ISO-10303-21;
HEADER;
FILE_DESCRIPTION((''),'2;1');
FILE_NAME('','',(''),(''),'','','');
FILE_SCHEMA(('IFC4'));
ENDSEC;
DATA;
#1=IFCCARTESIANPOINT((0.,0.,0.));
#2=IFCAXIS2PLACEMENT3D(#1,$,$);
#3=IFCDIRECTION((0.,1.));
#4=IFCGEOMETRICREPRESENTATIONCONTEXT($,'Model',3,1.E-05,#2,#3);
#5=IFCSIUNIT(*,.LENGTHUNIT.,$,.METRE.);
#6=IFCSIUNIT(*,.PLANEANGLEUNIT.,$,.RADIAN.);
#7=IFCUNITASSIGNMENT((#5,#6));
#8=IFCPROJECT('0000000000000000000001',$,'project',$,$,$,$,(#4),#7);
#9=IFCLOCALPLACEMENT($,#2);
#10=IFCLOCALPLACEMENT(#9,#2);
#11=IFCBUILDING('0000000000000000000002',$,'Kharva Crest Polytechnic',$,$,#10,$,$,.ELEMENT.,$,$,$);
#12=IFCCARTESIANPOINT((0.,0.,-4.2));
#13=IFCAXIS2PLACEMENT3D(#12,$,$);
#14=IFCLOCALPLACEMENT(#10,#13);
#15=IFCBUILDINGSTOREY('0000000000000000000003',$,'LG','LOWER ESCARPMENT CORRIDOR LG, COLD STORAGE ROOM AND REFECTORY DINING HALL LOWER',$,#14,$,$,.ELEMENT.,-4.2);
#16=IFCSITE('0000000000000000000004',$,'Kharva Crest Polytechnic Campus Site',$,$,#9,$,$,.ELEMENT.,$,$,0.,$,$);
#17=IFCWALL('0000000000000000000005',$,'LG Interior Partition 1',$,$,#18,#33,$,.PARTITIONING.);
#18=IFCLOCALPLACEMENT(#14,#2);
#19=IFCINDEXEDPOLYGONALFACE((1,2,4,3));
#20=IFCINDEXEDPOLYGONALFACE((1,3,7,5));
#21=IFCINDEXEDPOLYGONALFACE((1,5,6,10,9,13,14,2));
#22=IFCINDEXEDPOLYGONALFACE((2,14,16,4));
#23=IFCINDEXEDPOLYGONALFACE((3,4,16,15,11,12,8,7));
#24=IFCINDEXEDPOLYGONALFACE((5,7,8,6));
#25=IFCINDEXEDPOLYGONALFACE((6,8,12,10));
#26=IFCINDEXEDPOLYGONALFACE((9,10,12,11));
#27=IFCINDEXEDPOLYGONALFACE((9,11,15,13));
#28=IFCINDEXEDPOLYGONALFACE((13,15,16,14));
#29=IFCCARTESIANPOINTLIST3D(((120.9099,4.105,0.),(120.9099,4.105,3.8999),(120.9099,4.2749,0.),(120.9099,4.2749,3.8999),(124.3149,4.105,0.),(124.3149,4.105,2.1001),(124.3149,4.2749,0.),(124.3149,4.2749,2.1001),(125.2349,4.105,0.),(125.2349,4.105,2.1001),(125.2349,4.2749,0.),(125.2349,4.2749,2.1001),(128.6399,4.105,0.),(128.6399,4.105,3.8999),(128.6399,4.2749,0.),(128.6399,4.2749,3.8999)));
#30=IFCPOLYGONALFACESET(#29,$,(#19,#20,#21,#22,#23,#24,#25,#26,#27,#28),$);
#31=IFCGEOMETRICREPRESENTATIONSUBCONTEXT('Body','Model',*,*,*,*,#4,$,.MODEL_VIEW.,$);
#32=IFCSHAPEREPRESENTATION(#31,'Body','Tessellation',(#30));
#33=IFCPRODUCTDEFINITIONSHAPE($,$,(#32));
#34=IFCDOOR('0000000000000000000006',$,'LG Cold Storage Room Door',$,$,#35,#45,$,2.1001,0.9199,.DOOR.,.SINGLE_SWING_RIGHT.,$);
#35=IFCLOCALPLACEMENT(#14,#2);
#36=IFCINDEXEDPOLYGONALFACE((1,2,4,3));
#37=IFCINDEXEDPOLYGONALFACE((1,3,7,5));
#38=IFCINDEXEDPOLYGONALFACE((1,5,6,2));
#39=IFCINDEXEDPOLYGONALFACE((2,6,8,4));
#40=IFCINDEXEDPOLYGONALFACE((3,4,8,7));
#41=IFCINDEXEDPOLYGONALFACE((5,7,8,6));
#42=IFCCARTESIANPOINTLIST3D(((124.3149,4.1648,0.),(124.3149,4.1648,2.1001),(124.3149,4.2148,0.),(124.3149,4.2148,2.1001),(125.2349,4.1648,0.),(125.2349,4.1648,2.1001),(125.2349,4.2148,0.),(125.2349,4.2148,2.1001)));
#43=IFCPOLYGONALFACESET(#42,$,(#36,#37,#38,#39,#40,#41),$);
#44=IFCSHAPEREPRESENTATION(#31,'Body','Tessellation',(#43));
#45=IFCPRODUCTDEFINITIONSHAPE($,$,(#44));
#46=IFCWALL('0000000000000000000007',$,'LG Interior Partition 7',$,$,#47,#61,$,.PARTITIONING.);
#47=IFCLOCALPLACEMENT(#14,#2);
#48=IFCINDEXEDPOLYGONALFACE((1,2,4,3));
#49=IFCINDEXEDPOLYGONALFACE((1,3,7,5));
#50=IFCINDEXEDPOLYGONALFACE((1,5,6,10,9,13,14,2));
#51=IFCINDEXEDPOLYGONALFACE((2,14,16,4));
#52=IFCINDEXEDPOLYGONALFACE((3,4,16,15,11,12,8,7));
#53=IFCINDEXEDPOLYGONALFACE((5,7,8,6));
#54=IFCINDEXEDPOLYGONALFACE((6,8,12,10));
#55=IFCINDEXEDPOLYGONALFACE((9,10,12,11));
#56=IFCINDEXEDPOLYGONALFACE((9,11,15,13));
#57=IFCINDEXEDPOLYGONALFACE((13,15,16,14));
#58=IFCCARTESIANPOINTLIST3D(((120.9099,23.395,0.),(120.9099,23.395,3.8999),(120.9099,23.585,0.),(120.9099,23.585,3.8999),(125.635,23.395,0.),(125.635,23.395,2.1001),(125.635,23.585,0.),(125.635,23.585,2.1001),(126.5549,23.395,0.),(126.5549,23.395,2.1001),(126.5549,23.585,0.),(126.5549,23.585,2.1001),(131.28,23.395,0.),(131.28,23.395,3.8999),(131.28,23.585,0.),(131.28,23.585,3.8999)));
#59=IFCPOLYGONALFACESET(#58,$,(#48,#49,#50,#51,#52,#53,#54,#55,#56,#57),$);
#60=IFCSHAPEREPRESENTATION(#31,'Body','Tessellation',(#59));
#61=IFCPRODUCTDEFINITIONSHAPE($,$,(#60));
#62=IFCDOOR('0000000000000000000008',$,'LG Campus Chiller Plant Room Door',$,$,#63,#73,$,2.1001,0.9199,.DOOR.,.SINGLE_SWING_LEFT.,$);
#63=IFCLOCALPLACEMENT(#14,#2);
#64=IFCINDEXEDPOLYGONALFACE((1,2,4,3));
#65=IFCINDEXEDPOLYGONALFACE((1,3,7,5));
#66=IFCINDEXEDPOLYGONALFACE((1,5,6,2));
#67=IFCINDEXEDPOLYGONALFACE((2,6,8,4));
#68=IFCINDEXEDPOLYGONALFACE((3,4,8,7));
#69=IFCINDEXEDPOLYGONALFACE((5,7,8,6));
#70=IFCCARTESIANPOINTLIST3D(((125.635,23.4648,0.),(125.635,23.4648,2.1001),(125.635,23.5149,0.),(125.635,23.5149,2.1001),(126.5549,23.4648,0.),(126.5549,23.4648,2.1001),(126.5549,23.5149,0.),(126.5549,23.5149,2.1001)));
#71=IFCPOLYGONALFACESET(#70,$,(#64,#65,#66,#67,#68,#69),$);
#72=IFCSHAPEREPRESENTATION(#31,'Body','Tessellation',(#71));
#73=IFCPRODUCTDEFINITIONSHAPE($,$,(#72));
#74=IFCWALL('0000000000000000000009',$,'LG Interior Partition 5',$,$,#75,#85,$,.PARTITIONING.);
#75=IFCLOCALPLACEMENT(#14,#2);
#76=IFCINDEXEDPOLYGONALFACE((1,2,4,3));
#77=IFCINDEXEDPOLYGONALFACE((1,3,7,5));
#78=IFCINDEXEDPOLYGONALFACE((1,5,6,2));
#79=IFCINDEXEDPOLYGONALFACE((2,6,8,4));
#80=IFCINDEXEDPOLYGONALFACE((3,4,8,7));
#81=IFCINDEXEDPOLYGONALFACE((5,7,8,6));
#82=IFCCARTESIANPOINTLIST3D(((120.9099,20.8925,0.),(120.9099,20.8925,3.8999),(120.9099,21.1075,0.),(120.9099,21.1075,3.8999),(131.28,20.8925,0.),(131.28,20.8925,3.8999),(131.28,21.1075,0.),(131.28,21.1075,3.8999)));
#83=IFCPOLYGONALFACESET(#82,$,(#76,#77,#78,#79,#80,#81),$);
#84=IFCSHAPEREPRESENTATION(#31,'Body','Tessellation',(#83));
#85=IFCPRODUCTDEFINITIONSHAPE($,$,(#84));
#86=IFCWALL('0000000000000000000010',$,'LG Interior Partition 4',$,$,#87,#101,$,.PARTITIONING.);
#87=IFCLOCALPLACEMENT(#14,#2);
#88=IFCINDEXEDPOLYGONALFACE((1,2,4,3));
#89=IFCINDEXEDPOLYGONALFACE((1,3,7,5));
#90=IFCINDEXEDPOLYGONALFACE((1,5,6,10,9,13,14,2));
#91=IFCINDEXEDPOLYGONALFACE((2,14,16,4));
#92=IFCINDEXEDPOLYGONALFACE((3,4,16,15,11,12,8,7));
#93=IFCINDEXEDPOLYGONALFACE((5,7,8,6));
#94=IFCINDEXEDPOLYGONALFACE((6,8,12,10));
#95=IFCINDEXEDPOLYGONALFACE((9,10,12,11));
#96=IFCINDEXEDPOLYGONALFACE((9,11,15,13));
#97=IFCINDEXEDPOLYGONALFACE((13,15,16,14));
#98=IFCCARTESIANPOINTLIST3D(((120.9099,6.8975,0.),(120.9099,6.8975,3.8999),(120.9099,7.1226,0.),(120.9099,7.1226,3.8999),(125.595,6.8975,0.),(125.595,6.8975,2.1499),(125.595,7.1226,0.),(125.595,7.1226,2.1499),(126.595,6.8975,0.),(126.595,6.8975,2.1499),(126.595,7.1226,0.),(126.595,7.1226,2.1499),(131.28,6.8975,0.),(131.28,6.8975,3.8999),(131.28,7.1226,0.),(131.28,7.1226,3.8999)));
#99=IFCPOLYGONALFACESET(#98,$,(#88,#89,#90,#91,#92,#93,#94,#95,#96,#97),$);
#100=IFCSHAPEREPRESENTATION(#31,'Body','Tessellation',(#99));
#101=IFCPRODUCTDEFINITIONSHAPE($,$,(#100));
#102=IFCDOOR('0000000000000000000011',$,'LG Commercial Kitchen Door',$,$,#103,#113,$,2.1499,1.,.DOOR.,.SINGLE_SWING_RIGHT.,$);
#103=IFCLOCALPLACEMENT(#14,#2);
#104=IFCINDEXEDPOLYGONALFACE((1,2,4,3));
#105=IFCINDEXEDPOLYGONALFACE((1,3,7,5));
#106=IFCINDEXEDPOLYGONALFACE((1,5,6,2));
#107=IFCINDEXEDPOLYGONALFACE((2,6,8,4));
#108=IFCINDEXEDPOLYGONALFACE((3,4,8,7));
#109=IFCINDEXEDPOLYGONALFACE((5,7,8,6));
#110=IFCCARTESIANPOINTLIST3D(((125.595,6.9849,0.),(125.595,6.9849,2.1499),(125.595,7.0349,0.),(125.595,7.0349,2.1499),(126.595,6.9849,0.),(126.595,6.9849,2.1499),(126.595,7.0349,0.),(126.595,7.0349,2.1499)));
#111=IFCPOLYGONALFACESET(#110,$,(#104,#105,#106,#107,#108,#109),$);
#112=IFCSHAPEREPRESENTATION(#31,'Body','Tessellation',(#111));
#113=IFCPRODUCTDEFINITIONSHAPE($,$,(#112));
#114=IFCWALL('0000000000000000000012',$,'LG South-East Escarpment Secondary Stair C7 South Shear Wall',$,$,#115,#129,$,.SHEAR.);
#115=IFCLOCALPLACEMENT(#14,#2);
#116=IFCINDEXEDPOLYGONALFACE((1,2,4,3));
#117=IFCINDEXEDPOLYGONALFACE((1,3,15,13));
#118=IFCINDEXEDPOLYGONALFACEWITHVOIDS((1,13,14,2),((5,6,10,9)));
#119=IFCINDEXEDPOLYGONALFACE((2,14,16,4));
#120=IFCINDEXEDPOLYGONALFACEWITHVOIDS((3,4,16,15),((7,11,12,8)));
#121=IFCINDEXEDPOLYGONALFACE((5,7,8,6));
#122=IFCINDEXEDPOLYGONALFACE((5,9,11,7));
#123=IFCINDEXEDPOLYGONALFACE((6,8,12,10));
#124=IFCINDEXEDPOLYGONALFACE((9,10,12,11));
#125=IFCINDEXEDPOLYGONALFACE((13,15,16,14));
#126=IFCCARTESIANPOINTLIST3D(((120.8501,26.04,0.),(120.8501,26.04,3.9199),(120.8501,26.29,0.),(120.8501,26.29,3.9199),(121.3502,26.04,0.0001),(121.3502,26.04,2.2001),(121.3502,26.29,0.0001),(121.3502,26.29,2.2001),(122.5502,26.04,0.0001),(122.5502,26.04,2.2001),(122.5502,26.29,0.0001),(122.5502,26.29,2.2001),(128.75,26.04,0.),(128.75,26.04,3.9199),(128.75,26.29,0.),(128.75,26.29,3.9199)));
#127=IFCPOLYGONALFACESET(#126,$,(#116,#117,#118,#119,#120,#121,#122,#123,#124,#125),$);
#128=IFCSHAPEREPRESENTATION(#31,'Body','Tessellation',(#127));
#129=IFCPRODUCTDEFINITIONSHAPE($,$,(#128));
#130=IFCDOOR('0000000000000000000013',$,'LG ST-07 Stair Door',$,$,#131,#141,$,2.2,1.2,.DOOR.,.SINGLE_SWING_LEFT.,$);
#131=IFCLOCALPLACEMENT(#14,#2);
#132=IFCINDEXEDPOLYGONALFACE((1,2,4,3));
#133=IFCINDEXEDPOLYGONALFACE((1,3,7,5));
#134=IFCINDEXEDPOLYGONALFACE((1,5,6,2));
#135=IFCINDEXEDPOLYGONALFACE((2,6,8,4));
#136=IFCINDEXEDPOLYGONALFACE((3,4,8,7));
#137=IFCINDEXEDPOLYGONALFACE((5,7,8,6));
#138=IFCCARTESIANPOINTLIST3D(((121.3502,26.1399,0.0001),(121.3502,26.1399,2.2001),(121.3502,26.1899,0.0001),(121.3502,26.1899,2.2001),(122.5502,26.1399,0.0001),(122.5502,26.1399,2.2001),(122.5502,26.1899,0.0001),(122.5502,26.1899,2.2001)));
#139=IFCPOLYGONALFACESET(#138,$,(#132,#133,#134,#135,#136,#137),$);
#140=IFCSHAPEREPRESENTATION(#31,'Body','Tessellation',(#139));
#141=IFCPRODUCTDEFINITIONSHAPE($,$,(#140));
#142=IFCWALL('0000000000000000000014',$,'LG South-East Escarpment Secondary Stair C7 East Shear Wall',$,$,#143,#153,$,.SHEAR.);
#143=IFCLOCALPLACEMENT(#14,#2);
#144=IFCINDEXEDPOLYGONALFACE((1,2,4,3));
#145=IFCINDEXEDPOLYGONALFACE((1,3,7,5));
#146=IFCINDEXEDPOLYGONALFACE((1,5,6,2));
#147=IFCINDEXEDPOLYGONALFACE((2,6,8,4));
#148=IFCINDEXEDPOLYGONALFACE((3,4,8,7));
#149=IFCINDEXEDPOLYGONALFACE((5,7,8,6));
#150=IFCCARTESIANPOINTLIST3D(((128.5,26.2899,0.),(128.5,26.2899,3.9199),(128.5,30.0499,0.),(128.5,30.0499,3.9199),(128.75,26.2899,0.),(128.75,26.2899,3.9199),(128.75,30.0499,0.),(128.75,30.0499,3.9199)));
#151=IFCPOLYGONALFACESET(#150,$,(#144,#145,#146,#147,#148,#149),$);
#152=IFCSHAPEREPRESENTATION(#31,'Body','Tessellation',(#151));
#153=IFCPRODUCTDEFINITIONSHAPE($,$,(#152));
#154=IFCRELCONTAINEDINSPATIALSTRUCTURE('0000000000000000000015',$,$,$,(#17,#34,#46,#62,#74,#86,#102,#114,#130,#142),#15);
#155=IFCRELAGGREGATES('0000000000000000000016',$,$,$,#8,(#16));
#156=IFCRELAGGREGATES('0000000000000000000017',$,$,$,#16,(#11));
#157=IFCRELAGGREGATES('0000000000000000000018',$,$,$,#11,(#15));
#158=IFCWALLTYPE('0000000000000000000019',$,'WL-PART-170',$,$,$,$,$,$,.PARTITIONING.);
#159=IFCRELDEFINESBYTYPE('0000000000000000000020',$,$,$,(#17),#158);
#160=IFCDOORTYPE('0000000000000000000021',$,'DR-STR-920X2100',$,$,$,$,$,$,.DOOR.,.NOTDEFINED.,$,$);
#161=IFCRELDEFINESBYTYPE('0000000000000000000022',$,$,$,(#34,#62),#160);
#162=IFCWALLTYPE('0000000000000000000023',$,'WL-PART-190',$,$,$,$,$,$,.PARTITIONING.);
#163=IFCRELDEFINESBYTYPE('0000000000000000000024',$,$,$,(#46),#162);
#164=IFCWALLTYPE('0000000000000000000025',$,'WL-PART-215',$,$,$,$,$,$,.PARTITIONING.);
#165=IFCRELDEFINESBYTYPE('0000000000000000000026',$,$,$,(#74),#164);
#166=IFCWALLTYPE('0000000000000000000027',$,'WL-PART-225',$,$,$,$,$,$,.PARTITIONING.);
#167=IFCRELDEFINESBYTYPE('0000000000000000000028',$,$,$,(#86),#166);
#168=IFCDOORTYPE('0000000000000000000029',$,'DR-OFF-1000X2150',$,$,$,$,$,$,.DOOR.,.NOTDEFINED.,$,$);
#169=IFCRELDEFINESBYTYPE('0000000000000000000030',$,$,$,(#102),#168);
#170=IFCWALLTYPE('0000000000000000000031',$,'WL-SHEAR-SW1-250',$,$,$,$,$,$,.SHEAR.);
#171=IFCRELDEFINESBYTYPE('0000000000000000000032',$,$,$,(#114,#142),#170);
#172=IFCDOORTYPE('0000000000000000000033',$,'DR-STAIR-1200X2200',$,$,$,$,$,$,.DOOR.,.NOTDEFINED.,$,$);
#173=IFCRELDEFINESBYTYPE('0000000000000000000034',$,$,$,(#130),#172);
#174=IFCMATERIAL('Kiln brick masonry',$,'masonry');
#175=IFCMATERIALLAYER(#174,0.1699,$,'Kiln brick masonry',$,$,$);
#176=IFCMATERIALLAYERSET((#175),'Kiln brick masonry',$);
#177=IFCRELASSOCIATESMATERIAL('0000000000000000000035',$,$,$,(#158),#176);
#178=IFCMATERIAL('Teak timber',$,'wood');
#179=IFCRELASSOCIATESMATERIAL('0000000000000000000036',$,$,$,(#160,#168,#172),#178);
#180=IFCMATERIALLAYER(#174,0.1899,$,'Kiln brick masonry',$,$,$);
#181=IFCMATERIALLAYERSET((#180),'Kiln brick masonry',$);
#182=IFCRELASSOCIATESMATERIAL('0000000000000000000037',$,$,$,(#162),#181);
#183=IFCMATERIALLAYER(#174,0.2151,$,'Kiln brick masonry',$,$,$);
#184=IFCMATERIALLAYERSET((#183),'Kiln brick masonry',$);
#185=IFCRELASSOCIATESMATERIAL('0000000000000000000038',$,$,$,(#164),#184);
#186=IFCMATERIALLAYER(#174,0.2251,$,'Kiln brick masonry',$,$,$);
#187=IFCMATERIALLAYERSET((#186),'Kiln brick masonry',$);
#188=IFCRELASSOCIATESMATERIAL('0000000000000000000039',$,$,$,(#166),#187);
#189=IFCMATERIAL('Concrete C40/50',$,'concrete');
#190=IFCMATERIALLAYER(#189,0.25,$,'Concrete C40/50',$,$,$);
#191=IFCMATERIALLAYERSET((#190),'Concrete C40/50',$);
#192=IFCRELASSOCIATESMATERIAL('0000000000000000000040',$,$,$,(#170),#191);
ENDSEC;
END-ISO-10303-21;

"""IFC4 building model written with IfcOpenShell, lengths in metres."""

from ifc_helpers import new_model, si_unit, direction, frame, frame_2d, origin, place, context, subcontext, project, spatial, rectangle, extrude, material, layer, layer_set, type_object, element, fill, save


model = new_model("IFC4")

# Units and contexts
model_context = context("Model", 3, precision=1e-05, world=origin(), true_north=direction((0.0, 1.0)))
body_context = subcontext(model_context, "Body", "Model", "MODEL_VIEW")
ifc_project = project(units=[si_unit("LENGTHUNIT", "METRE"), si_unit("PLANEANGLEUNIT", "RADIAN")], contexts=[model_context])

# Site, building, storey
site_placement = place(None, origin())
site = spatial("IfcSite", under=ifc_project, at=site_placement, Name="Kharva Crest Polytechnic Campus Site", CompositionType="ELEMENT", RefElevation=0.0)
building_placement = place(site_placement, origin())
building = spatial("IfcBuilding", under=site, at=building_placement, Name="Kharva Crest Polytechnic", CompositionType="ELEMENT")
storey_placement = place(building_placement, frame((0.0, 0.0, -4.2)))
storey = spatial("IfcBuildingStorey", under=building, at=storey_placement, Name="LG", Description="LOWER ESCARPMENT CORRIDOR LG, COLD STORAGE ROOM AND REFECTORY DINING HALL LOWER", CompositionType="ELEMENT", Elevation=-4.2)

# Shared definitions
ifc_material_1 = material(Name="Kiln brick masonry", Category="masonry")

# Walls, openings, doors
ifc_layer_1 = layer(ifc_material_1, 0.1699, Name="Kiln brick masonry")
ifc_layer_set_1 = layer_set([ifc_layer_1], Name="Kiln brick masonry")
wall_type_1 = type_object("IfcWallType", Name="WL-PART-170", PredefinedType="PARTITIONING", material=ifc_layer_set_1)
wall_1_placement = place(storey_placement, frame((120.9099, 4.1899, 0.0), z_axis=(0.0, 0.0, 1.0), x_axis=(1.0, 0.0, 0.0)))
wall_1 = element("IfcWall", 1, at=wall_1_placement, inside=storey, type_object=wall_type_1, Name="LG Interior Partition 1", PredefinedType="PARTITIONING", context=body_context, shape_type="SweptSolid", body=[
    extrude(rectangle(XDim=7.73, YDim=0.1699, at=frame_2d((3.865, 0.0))), origin(), (0.0, 0.0, 1.0), 3.8999),
])
opening_1_placement = place(wall_1_placement, frame((3.405, 0.0, 0.0)))
opening_1 = element("IfcOpeningElement", 2, at=opening_1_placement, cuts=wall_1, PredefinedType="OPENING", context=body_context, shape_type="SweptSolid", body=[
    extrude(rectangle(XDim=0.9199, YDim=2.1001, at=frame_2d((0.46, 1.05))), frame((0.0, 0.095, 0.0), z_axis=(0.0, -1.0, 0.0), x_axis=(1.0, 0.0, 0.0)), (0.0, 0.0, 1.0), 0.1899),
])
ifc_material_2 = material(Name="Teak timber", Category="wood")
door_type_1 = type_object("IfcDoorType", Name="DR-STR-920X2100", OperationType="NOTDEFINED", PredefinedType="DOOR", material=ifc_material_2)
door_1_placement = place(opening_1_placement, origin())
door_1 = element("IfcDoor", 3, at=door_1_placement, inside=storey, type_object=door_type_1, Name="LG Cold Storage Room Door", OperationType="SINGLE_SWING_RIGHT", OverallHeight=2.1001, OverallWidth=0.9199, PredefinedType="DOOR", context=body_context, shape_type="SweptSolid", body=[
    extrude(rectangle(XDim=0.9199, YDim=2.1001, at=frame_2d((0.46, 1.05))), frame((0.0, 0.0249, 0.0), z_axis=(0.0, -1.0, 0.0), x_axis=(1.0, 0.0, 0.0)), (0.0, 0.0, 1.0), 0.05),
])
fill(opening_1, door_1)
ifc_layer_2 = layer(ifc_material_1, 0.1899, Name="Kiln brick masonry")
ifc_layer_set_2 = layer_set([ifc_layer_2], Name="Kiln brick masonry")
wall_type_2 = type_object("IfcWallType", Name="WL-PART-190", PredefinedType="PARTITIONING", material=ifc_layer_set_2)
wall_2_placement = place(storey_placement, frame((120.9099, 23.49, 0.0), z_axis=(0.0, 0.0, 1.0), x_axis=(1.0, 0.0, 0.0)))
wall_2 = element("IfcWall", 4, at=wall_2_placement, inside=storey, type_object=wall_type_2, Name="LG Interior Partition 7", PredefinedType="PARTITIONING", context=body_context, shape_type="SweptSolid", body=[
    extrude(rectangle(XDim=10.3701, YDim=0.1899, at=frame_2d((5.1851, 0.0))), origin(), (0.0, 0.0, 1.0), 3.8999),
])
opening_2_placement = place(wall_2_placement, frame((4.7251, 0.0, 0.0)))
opening_2 = element("IfcOpeningElement", 5, at=opening_2_placement, cuts=wall_2, PredefinedType="OPENING", context=body_context, shape_type="SweptSolid", body=[
    extrude(rectangle(XDim=0.9199, YDim=2.1001, at=frame_2d((0.46, 1.05))), frame((0.0, 0.105, 0.0), z_axis=(0.0, -1.0, 0.0), x_axis=(1.0, 0.0, 0.0)), (0.0, 0.0, 1.0), 0.21),
])
door_2_placement = place(opening_2_placement, origin())
door_2 = element("IfcDoor", 6, at=door_2_placement, inside=storey, type_object=door_type_1, Name="LG Campus Chiller Plant Room Door", OperationType="SINGLE_SWING_LEFT", OverallHeight=2.1001, OverallWidth=0.9199, PredefinedType="DOOR", context=body_context, shape_type="SweptSolid", body=[
    extrude(rectangle(XDim=0.9199, YDim=2.1001, at=frame_2d((0.46, 1.05))), frame((0.0, 0.0249, 0.0), z_axis=(0.0, -1.0, 0.0), x_axis=(1.0, 0.0, 0.0)), (0.0, 0.0, 1.0), 0.05),
])
fill(opening_2, door_2)

# Wall
ifc_layer_3 = layer(ifc_material_1, 0.2151, Name="Kiln brick masonry")
ifc_layer_set_3 = layer_set([ifc_layer_3], Name="Kiln brick masonry")
wall_type_3 = type_object("IfcWallType", Name="WL-PART-215", PredefinedType="PARTITIONING", material=ifc_layer_set_3)
wall_3_placement = place(storey_placement, frame((120.9099, 21.0, 0.0), z_axis=(0.0, 0.0, 1.0), x_axis=(1.0, 0.0, 0.0)))
element("IfcWall", 7, at=wall_3_placement, inside=storey, type_object=wall_type_3, Name="LG Interior Partition 5", PredefinedType="PARTITIONING", context=body_context, shape_type="SweptSolid", body=[
    extrude(rectangle(XDim=10.3701, YDim=0.2151, at=frame_2d((5.1851, 0.0))), origin(), (0.0, 0.0, 1.0), 3.8999),
])

# Walls, openings, doors
ifc_layer_4 = layer(ifc_material_1, 0.2251, Name="Kiln brick masonry")
ifc_layer_set_4 = layer_set([ifc_layer_4], Name="Kiln brick masonry")
wall_type_4 = type_object("IfcWallType", Name="WL-PART-225", PredefinedType="PARTITIONING", material=ifc_layer_set_4)
wall_4_placement = place(storey_placement, frame((120.9099, 7.01, 0.0), z_axis=(0.0, 0.0, 1.0), x_axis=(1.0, 0.0, 0.0)))
wall_4 = element("IfcWall", 8, at=wall_4_placement, inside=storey, type_object=wall_type_4, Name="LG Interior Partition 4", PredefinedType="PARTITIONING", context=body_context, shape_type="SweptSolid", body=[
    extrude(rectangle(XDim=10.3701, YDim=0.2251, at=frame_2d((5.1851, 0.0))), origin(), (0.0, 0.0, 1.0), 3.8999),
])
opening_3_placement = place(wall_4_placement, frame((4.6851, 0.0, 0.0)))
opening_3 = element("IfcOpeningElement", 9, at=opening_3_placement, cuts=wall_4, PredefinedType="OPENING", context=body_context, shape_type="SweptSolid", body=[
    extrude(rectangle(XDim=1.0, YDim=2.1499, at=frame_2d((0.5, 1.075))), frame((0.0, 0.1226, 0.0), z_axis=(0.0, -1.0, 0.0), x_axis=(1.0, 0.0, 0.0)), (0.0, 0.0, 1.0), 0.2451),
])
door_type_2 = type_object("IfcDoorType", Name="DR-OFF-1000X2150", OperationType="NOTDEFINED", PredefinedType="DOOR", material=ifc_material_2)
door_3_placement = place(opening_3_placement, origin())
door_3 = element("IfcDoor", 10, at=door_3_placement, inside=storey, type_object=door_type_2, Name="LG Commercial Kitchen Door", OperationType="SINGLE_SWING_RIGHT", OverallHeight=2.1499, OverallWidth=1.0, PredefinedType="DOOR", context=body_context, shape_type="SweptSolid", body=[
    extrude(rectangle(XDim=1.0, YDim=2.1499, at=frame_2d((0.5, 1.075))), frame((0.0, 0.0249, 0.0), z_axis=(0.0, -1.0, 0.0), x_axis=(1.0, 0.0, 0.0)), (0.0, 0.0, 1.0), 0.05),
])
fill(opening_3, door_3)
ifc_material_3 = material(Name="Concrete C40/50", Category="concrete")
ifc_layer_5 = layer(ifc_material_3, 0.25, Name="Concrete C40/50")
ifc_layer_set_5 = layer_set([ifc_layer_5], Name="Concrete C40/50")
wall_type_5 = type_object("IfcWallType", Name="WL-SHEAR-SW1-250", PredefinedType="SHEAR", material=ifc_layer_set_5)
wall_5_placement = place(storey_placement, frame((120.8501, 26.165, 0.0), z_axis=(0.0, 0.0, 1.0), x_axis=(1.0, 0.0, 0.0)))
wall_5 = element("IfcWall", 11, at=wall_5_placement, inside=storey, type_object=wall_type_5, Name="LG South-East Escarpment Secondary Stair C7 South Shear Wall", PredefinedType="SHEAR", context=body_context, shape_type="SweptSolid", body=[
    extrude(rectangle(XDim=7.8999, YDim=0.25, at=frame_2d((3.95, 0.0))), origin(), (0.0, 0.0, 1.0), 3.9199),
])
opening_4_placement = place(wall_5_placement, frame((0.5, 0.0, 0.0)))
opening_4 = element("IfcOpeningElement", 12, at=opening_4_placement, cuts=wall_5, PredefinedType="OPENING", context=body_context, shape_type="SweptSolid", body=[
    extrude(rectangle(XDim=1.2, YDim=2.2, at=frame_2d((0.6001, 1.1001))), frame((0.0, 0.135, 0.0), z_axis=(0.0, -1.0, 0.0), x_axis=(1.0, 0.0, 0.0)), (0.0, 0.0, 1.0), 0.27),
])
door_type_3 = type_object("IfcDoorType", Name="DR-STAIR-1200X2200", OperationType="NOTDEFINED", PredefinedType="DOOR", material=ifc_material_2)
door_4_placement = place(opening_4_placement, origin())
door_4 = element("IfcDoor", 13, at=door_4_placement, inside=storey, type_object=door_type_3, Name="LG ST-07 Stair Door", OperationType="SINGLE_SWING_LEFT", OverallHeight=2.2, OverallWidth=1.2, PredefinedType="DOOR", context=body_context, shape_type="SweptSolid", body=[
    extrude(rectangle(XDim=1.2, YDim=2.2, at=frame_2d((0.6001, 1.1001))), frame((0.0, 0.0249, 0.0), z_axis=(0.0, -1.0, 0.0), x_axis=(1.0, 0.0, 0.0)), (0.0, 0.0, 1.0), 0.05),
])
fill(opening_4, door_4)

# Wall
wall_6_placement = place(storey_placement, frame((128.625, 26.29, 0.0), z_axis=(0.0, 0.0, 1.0), x_axis=(0.0, 1.0, 0.0)))
element("IfcWall", 14, at=wall_6_placement, inside=storey, type_object=wall_type_5, Name="LG South-East Escarpment Secondary Stair C7 East Shear Wall", PredefinedType="SHEAR", context=body_context, shape_type="SweptSolid", body=[
    extrude(rectangle(XDim=3.76, YDim=0.25, at=frame_2d((1.8799, 0.0))), origin(), (0.0, 0.0, 1.0), 3.9199),
])

save(model, "model.ifc")
